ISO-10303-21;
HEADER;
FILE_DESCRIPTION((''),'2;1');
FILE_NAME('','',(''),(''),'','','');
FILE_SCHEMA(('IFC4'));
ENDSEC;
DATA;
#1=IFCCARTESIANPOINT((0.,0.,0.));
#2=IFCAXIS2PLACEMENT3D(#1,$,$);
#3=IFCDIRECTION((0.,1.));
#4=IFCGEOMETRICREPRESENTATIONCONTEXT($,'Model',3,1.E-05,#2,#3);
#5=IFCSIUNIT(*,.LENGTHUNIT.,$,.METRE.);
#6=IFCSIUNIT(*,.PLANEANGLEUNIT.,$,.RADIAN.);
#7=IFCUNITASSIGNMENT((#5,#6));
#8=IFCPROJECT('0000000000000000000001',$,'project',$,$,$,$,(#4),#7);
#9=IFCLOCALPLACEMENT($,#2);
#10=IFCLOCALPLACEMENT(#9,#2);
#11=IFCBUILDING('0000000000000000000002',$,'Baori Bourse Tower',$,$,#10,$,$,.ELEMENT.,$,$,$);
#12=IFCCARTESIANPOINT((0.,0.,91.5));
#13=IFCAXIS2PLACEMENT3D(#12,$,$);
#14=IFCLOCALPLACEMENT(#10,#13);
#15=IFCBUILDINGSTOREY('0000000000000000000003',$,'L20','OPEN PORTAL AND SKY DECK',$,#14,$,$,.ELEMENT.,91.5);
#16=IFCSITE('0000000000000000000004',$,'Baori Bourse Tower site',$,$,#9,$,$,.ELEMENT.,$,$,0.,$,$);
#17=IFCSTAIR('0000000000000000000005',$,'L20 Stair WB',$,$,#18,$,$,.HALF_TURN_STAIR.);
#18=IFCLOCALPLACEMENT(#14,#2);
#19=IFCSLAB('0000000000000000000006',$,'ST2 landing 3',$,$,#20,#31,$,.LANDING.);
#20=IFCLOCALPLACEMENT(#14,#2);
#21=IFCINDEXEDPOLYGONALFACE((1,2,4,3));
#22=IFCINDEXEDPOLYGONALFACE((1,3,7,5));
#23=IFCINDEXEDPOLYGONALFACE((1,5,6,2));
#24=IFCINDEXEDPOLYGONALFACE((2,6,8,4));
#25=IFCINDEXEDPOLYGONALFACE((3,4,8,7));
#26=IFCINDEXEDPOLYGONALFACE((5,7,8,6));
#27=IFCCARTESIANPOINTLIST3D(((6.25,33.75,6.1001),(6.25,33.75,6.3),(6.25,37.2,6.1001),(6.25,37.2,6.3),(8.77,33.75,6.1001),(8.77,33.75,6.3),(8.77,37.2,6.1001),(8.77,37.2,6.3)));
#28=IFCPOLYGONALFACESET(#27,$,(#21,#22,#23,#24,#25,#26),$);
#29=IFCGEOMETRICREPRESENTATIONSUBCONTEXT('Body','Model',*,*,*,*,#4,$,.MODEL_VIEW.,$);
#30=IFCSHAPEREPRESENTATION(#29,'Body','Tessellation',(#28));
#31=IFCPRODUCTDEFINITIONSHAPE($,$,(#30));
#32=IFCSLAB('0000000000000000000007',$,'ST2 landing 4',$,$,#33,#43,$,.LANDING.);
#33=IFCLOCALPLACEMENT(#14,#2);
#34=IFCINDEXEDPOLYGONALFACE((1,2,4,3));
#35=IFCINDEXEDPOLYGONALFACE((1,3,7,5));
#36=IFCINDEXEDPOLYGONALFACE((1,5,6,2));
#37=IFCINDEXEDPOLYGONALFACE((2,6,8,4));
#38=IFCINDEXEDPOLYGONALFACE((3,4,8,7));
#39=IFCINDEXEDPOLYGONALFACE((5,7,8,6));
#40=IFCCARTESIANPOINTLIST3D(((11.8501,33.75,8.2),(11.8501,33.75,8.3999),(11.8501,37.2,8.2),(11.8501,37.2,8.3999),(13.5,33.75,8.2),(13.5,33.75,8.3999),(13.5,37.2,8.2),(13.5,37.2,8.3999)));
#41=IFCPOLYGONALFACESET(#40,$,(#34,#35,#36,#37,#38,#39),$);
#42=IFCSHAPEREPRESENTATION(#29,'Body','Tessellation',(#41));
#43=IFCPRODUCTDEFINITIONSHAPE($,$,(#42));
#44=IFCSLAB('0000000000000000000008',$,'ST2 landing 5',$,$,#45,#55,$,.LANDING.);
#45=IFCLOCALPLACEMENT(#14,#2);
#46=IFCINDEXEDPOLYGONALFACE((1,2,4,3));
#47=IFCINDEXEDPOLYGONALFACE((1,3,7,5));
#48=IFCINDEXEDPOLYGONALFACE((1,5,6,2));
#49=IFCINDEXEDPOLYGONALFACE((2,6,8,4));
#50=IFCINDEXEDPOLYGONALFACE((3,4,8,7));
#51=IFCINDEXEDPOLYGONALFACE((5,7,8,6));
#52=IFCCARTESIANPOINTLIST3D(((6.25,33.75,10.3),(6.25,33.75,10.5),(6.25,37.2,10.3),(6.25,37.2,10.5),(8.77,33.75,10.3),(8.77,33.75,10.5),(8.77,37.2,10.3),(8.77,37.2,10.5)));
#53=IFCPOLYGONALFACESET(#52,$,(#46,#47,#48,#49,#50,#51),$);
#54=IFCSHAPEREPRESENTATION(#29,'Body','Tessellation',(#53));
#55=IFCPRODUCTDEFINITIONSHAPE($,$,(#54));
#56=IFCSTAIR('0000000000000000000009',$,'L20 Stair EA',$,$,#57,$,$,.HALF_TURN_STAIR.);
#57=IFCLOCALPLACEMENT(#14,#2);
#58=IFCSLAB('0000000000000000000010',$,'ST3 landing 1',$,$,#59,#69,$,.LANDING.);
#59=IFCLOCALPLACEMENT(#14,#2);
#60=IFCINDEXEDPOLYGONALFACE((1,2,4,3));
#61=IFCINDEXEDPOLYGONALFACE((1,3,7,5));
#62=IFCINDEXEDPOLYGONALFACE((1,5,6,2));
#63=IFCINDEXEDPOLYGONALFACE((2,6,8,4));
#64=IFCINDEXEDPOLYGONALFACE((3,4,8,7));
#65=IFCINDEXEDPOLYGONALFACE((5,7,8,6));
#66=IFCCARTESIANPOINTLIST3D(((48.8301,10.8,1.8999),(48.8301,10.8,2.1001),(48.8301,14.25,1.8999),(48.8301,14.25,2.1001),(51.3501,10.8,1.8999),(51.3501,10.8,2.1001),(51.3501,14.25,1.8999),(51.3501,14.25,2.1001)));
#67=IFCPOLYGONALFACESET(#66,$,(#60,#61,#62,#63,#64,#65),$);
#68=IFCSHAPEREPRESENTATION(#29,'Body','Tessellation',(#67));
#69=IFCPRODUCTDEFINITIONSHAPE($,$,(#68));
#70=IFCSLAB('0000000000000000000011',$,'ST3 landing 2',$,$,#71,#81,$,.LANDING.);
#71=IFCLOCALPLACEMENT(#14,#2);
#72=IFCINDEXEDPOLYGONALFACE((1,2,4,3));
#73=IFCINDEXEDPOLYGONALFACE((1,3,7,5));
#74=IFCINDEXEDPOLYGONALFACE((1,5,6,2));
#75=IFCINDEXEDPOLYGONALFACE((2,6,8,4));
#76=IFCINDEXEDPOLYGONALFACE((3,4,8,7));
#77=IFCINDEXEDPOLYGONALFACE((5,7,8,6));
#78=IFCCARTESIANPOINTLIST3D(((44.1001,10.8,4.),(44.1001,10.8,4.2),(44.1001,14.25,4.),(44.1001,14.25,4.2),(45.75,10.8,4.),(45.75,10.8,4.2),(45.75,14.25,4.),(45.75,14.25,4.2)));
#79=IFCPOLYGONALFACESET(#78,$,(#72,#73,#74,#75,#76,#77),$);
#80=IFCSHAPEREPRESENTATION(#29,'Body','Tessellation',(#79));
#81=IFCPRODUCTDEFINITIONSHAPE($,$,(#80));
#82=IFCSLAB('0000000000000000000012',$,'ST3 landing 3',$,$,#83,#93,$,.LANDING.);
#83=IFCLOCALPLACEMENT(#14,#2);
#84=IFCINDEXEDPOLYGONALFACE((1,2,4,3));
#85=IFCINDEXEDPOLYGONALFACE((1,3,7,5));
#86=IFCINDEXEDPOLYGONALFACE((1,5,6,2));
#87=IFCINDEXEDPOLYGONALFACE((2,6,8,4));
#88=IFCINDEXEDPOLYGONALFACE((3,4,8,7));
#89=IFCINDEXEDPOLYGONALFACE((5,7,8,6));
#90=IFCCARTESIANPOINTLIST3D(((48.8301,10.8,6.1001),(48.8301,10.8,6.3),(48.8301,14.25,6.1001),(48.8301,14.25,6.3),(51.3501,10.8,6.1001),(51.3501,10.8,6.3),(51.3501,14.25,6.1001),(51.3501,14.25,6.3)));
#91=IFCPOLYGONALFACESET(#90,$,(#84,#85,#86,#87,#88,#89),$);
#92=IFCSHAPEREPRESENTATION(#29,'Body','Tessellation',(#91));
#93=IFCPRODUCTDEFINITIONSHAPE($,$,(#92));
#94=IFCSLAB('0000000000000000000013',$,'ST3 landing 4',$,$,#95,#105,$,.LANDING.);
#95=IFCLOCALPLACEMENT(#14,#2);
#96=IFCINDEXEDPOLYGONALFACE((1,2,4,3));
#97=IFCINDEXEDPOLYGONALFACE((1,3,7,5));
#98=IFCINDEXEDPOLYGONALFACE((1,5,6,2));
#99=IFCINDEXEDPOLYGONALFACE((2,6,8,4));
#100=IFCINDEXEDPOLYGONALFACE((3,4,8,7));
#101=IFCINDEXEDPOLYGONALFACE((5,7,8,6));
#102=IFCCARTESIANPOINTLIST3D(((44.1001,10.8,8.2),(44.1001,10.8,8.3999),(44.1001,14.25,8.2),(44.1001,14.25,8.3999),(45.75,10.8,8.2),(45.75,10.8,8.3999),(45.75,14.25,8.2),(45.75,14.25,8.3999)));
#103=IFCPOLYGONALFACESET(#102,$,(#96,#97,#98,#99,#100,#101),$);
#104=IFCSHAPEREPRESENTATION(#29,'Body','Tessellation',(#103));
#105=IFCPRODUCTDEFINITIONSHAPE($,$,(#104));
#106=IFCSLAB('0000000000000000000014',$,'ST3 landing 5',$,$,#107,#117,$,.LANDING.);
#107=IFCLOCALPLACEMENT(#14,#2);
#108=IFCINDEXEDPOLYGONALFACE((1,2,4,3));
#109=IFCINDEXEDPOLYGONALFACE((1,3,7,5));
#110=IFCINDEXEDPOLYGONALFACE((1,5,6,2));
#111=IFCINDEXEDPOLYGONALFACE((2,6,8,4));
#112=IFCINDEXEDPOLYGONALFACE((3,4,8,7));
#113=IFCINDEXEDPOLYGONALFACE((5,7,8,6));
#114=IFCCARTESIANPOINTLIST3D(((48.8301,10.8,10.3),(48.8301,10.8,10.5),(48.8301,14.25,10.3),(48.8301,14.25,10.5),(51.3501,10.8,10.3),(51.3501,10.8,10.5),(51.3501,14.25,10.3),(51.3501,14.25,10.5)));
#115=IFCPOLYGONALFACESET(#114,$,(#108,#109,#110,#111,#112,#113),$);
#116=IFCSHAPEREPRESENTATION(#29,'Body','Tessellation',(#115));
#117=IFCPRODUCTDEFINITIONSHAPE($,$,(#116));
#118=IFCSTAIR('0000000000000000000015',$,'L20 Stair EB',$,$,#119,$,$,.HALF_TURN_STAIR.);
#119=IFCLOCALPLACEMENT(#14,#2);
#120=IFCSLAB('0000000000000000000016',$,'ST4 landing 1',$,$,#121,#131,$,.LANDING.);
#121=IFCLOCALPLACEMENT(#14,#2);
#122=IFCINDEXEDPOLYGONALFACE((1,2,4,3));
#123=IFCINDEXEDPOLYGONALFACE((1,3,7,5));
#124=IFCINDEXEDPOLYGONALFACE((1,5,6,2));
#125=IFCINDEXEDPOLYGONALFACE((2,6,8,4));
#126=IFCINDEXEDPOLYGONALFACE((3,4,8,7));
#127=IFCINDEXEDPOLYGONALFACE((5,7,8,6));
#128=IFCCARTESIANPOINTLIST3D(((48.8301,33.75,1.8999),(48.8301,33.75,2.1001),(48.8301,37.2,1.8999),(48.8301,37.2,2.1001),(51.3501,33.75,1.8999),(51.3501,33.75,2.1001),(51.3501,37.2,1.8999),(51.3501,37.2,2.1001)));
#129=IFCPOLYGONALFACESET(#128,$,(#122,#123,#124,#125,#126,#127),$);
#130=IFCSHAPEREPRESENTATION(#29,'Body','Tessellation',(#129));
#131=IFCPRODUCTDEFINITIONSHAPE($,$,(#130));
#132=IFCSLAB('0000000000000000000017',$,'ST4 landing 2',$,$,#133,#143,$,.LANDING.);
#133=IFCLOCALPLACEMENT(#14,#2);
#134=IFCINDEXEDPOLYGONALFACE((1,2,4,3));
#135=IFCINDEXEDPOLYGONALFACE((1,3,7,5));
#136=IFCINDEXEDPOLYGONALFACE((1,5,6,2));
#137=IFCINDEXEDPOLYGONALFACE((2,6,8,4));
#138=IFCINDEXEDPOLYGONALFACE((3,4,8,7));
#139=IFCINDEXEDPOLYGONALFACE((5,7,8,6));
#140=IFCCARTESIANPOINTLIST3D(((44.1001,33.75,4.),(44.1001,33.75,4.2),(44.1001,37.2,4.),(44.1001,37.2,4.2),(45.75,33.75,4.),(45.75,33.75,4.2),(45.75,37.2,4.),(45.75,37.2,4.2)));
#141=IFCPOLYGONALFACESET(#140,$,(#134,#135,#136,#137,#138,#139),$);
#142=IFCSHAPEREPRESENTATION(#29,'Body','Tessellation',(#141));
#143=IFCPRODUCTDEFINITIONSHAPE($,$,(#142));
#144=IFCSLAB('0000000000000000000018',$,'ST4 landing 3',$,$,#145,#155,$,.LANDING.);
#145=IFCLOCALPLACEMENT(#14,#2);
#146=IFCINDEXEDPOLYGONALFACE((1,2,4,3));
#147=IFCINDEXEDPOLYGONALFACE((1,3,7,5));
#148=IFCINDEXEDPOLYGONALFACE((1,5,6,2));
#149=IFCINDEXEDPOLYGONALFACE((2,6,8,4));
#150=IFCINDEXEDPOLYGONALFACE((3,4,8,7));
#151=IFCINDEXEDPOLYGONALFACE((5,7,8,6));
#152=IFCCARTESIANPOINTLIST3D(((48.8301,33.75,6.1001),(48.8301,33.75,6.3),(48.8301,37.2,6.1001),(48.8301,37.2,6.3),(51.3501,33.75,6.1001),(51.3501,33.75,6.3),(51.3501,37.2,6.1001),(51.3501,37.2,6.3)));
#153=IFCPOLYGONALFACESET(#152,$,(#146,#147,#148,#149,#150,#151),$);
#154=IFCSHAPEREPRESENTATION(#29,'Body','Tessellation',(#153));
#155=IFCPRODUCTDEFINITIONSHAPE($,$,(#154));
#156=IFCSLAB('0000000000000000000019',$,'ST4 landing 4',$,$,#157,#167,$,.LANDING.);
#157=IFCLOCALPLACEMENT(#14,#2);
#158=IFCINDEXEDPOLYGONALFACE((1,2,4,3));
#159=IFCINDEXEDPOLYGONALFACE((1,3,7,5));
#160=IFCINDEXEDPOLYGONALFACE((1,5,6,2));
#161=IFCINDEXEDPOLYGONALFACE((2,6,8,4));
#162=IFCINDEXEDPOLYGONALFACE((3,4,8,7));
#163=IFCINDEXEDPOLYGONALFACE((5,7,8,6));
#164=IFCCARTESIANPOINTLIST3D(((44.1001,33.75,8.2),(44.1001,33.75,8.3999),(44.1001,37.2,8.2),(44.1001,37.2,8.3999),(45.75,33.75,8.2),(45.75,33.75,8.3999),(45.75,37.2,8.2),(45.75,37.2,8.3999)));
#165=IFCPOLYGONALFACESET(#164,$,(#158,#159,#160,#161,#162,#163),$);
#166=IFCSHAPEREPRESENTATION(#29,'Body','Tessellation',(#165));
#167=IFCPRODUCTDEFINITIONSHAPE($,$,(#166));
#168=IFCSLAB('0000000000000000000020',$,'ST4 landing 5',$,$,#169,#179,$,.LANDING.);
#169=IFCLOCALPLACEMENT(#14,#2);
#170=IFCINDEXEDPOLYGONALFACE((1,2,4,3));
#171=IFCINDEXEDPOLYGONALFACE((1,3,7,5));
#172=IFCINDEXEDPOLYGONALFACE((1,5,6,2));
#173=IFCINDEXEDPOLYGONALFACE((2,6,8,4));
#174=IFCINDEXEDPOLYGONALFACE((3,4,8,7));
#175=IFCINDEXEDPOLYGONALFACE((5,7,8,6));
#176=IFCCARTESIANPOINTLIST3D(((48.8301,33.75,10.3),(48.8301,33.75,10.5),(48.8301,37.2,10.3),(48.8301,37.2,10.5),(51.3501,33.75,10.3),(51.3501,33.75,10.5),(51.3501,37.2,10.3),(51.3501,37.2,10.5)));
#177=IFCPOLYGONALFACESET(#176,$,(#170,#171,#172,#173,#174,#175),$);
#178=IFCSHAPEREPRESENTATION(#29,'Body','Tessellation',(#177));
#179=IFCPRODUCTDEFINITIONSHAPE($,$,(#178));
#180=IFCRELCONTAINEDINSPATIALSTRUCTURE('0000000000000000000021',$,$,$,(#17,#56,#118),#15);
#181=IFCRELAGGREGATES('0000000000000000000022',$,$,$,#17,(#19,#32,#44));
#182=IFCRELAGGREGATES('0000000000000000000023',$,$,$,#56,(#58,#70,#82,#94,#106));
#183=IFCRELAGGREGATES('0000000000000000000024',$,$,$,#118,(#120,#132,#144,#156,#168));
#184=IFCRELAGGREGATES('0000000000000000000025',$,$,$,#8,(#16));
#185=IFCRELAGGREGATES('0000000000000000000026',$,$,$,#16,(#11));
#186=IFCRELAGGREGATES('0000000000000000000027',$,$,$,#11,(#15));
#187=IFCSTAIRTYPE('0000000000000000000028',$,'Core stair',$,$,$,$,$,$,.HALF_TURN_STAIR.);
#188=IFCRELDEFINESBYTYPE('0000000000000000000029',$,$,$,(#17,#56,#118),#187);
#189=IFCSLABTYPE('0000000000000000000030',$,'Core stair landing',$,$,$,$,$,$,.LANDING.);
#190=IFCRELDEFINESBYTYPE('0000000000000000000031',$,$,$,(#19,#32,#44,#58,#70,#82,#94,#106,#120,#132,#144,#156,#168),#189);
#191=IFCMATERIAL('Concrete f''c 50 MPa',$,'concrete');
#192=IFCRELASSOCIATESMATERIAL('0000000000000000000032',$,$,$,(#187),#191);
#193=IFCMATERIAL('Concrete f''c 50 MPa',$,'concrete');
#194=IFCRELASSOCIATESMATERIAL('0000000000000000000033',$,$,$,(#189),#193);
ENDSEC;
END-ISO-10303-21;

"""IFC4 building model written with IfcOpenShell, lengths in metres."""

from ifc_helpers import new_model, si_unit, direction, frame, origin, place, context, subcontext, project, spatial, polyline, outline, extrude, material, type_object, element, aggregate, save


model = new_model("IFC4")

# Units and contexts
model_context = context("Model", 3, precision=1e-05, world=origin(), true_north=direction((0.0, 1.0)))
body_context = subcontext(model_context, "Body", "Model", "MODEL_VIEW")
ifc_project = project(units=[si_unit("LENGTHUNIT", "METRE"), si_unit("PLANEANGLEUNIT", "RADIAN")], contexts=[model_context])

# Site, building, storey
site_placement = place(None, origin())
site = spatial("IfcSite", under=ifc_project, at=site_placement, Name="Baori Bourse Tower site", CompositionType="ELEMENT", RefElevation=0.0)
building_placement = place(site_placement, origin())
building = spatial("IfcBuilding", under=site, at=building_placement, Name="Baori Bourse Tower", CompositionType="ELEMENT")
storey_placement = place(building_placement, frame((0.0, 0.0, 91.5)))
storey = spatial("IfcBuildingStorey", under=building, at=storey_placement, Name="L20", Description="OPEN PORTAL AND SKY DECK", CompositionType="ELEMENT", Elevation=91.5)

# Stairs, slabs
ifc_material_1 = material(Name="Concrete f'c 50 MPa", Category="concrete")
stair_type = type_object("IfcStairType", Name="Core stair", PredefinedType="HALF_TURN_STAIR", material=ifc_material_1)
ifc_material_2 = material(Name="Concrete f'c 50 MPa", Category="concrete")
slab_type_1 = type_object("IfcSlabType", Name="Core stair landing", PredefinedType="LANDING", material=ifc_material_2)
stair_1_placement = place(storey_placement, origin())
stair_1 = element("IfcStair", 1, at=stair_1_placement, inside=storey, type_object=stair_type, Name="L20 Stair WB", PredefinedType="HALF_TURN_STAIR")
slab_1_placement = place(storey_placement, frame((0.0, 0.0, 6.1001)))
slab_1 = element("IfcSlab", 2, at=slab_1_placement, type_object=slab_type_1, Name="ST2 landing 3", PredefinedType="LANDING", context=body_context, shape_type="SweptSolid", body=[
    extrude(outline(polyline([(8.77, 37.2), (6.25, 37.2), (6.25, 33.75), (8.77, 33.75), (8.77, 37.2)])), origin(), (0.0, 0.0, 1.0), 0.2),
])
slab_2_placement = place(storey_placement, frame((0.0, 0.0, 8.2)))
slab_2 = element("IfcSlab", 3, at=slab_2_placement, type_object=slab_type_1, Name="ST2 landing 4", PredefinedType="LANDING", context=body_context, shape_type="SweptSolid", body=[
    extrude(outline(polyline([(13.5, 37.2), (11.8501, 37.2), (11.8501, 33.75), (13.5, 33.75), (13.5, 37.2)])), origin(), (0.0, 0.0, 1.0), 0.2),
])
slab_3_placement = place(storey_placement, frame((0.0, 0.0, 10.3)))
slab_3 = element("IfcSlab", 4, at=slab_3_placement, type_object=slab_type_1, Name="ST2 landing 5", PredefinedType="LANDING", context=body_context, shape_type="SweptSolid", body=[
    extrude(outline(polyline([(8.77, 37.2), (6.25, 37.2), (6.25, 33.75), (8.77, 33.75), (8.77, 37.2)])), origin(), (0.0, 0.0, 1.0), 0.2),
])
aggregate(stair_1, [slab_1, slab_2, slab_3])
stair_2_placement = place(storey_placement, origin())
stair_2 = element("IfcStair", 5, at=stair_2_placement, inside=storey, type_object=stair_type, Name="L20 Stair EA", PredefinedType="HALF_TURN_STAIR")
slab_4_placement = place(storey_placement, frame((0.0, 0.0, 1.8999)))
slab_4 = element("IfcSlab", 6, at=slab_4_placement, type_object=slab_type_1, Name="ST3 landing 1", PredefinedType="LANDING", context=body_context, shape_type="SweptSolid", body=[
    extrude(outline(polyline([(48.8301, 10.8), (51.3501, 10.8), (51.3501, 14.25), (48.8301, 14.25), (48.8301, 10.8)])), origin(), (0.0, 0.0, 1.0), 0.2002),
])
slab_5_placement = place(storey_placement, frame((0.0, 0.0, 4.0)))
slab_5 = element("IfcSlab", 7, at=slab_5_placement, type_object=slab_type_1, Name="ST3 landing 2", PredefinedType="LANDING", context=body_context, shape_type="SweptSolid", body=[
    extrude(outline(polyline([(44.1001, 10.8), (45.75, 10.8), (45.75, 14.25), (44.1001, 14.25), (44.1001, 10.8)])), origin(), (0.0, 0.0, 1.0), 0.2),
])
slab_6_placement = place(storey_placement, frame((0.0, 0.0, 6.1001)))
slab_6 = element("IfcSlab", 8, at=slab_6_placement, type_object=slab_type_1, Name="ST3 landing 3", PredefinedType="LANDING", context=body_context, shape_type="SweptSolid", body=[
    extrude(outline(polyline([(48.8301, 10.8), (51.3501, 10.8), (51.3501, 14.25), (48.8301, 14.25), (48.8301, 10.8)])), origin(), (0.0, 0.0, 1.0), 0.2),
])
slab_7_placement = place(storey_placement, frame((0.0, 0.0, 8.2)))
slab_7 = element("IfcSlab", 9, at=slab_7_placement, type_object=slab_type_1, Name="ST3 landing 4", PredefinedType="LANDING", context=body_context, shape_type="SweptSolid", body=[
    extrude(outline(polyline([(44.1001, 10.8), (45.75, 10.8), (45.75, 14.25), (44.1001, 14.25), (44.1001, 10.8)])), origin(), (0.0, 0.0, 1.0), 0.2),
])
slab_8_placement = place(storey_placement, frame((0.0, 0.0, 10.3)))
slab_8 = element("IfcSlab", 10, at=slab_8_placement, type_object=slab_type_1, Name="ST3 landing 5", PredefinedType="LANDING", context=body_context, shape_type="SweptSolid", body=[
    extrude(outline(polyline([(48.8301, 10.8), (51.3501, 10.8), (51.3501, 14.25), (48.8301, 14.25), (48.8301, 10.8)])), origin(), (0.0, 0.0, 1.0), 0.2),
])
aggregate(stair_2, [slab_4, slab_5, slab_6, slab_7, slab_8])
stair_3_placement = place(storey_placement, origin())
stair_3 = element("IfcStair", 11, at=stair_3_placement, inside=storey, type_object=stair_type, Name="L20 Stair EB", PredefinedType="HALF_TURN_STAIR")
slab_9_placement = place(storey_placement, frame((0.0, 0.0, 1.8999)))
slab_9 = element("IfcSlab", 12, at=slab_9_placement, type_object=slab_type_1, Name="ST4 landing 1", PredefinedType="LANDING", context=body_context, shape_type="SweptSolid", body=[
    extrude(outline(polyline([(48.8301, 33.75), (51.3501, 33.75), (51.3501, 37.2), (48.8301, 37.2), (48.8301, 33.75)])), origin(), (0.0, 0.0, 1.0), 0.2002),
])
slab_10_placement = place(storey_placement, frame((0.0, 0.0, 4.0)))
slab_10 = element("IfcSlab", 13, at=slab_10_placement, type_object=slab_type_1, Name="ST4 landing 2", PredefinedType="LANDING", context=body_context, shape_type="SweptSolid", body=[
    extrude(outline(polyline([(44.1001, 33.75), (45.75, 33.75), (45.75, 37.2), (44.1001, 37.2), (44.1001, 33.75)])), origin(), (0.0, 0.0, 1.0), 0.2),
])
slab_11_placement = place(storey_placement, frame((0.0, 0.0, 6.1001)))
slab_11 = element("IfcSlab", 14, at=slab_11_placement, type_object=slab_type_1, Name="ST4 landing 3", PredefinedType="LANDING", context=body_context, shape_type="SweptSolid", body=[
    extrude(outline(polyline([(48.8301, 33.75), (51.3501, 33.75), (51.3501, 37.2), (48.8301, 37.2), (48.8301, 33.75)])), origin(), (0.0, 0.0, 1.0), 0.2),
])
slab_12_placement = place(storey_placement, frame((0.0, 0.0, 8.2)))
slab_12 = element("IfcSlab", 15, at=slab_12_placement, type_object=slab_type_1, Name="ST4 landing 4", PredefinedType="LANDING", context=body_context, shape_type="SweptSolid", body=[
    extrude(outline(polyline([(44.1001, 33.75), (45.75, 33.75), (45.75, 37.2), (44.1001, 37.2), (44.1001, 33.75)])), origin(), (0.0, 0.0, 1.0), 0.2),
])
slab_13_placement = place(storey_placement, frame((0.0, 0.0, 10.3)))
slab_13 = element("IfcSlab", 16, at=slab_13_placement, type_object=slab_type_1, Name="ST4 landing 5", PredefinedType="LANDING", context=body_context, shape_type="SweptSolid", body=[
    extrude(outline(polyline([(48.8301, 33.75), (51.3501, 33.75), (51.3501, 37.2), (48.8301, 37.2), (48.8301, 33.75)])), origin(), (0.0, 0.0, 1.0), 0.2),
])
aggregate(stair_3, [slab_9, slab_10, slab_11, slab_12, slab_13])

save(model, "model.ifc")
